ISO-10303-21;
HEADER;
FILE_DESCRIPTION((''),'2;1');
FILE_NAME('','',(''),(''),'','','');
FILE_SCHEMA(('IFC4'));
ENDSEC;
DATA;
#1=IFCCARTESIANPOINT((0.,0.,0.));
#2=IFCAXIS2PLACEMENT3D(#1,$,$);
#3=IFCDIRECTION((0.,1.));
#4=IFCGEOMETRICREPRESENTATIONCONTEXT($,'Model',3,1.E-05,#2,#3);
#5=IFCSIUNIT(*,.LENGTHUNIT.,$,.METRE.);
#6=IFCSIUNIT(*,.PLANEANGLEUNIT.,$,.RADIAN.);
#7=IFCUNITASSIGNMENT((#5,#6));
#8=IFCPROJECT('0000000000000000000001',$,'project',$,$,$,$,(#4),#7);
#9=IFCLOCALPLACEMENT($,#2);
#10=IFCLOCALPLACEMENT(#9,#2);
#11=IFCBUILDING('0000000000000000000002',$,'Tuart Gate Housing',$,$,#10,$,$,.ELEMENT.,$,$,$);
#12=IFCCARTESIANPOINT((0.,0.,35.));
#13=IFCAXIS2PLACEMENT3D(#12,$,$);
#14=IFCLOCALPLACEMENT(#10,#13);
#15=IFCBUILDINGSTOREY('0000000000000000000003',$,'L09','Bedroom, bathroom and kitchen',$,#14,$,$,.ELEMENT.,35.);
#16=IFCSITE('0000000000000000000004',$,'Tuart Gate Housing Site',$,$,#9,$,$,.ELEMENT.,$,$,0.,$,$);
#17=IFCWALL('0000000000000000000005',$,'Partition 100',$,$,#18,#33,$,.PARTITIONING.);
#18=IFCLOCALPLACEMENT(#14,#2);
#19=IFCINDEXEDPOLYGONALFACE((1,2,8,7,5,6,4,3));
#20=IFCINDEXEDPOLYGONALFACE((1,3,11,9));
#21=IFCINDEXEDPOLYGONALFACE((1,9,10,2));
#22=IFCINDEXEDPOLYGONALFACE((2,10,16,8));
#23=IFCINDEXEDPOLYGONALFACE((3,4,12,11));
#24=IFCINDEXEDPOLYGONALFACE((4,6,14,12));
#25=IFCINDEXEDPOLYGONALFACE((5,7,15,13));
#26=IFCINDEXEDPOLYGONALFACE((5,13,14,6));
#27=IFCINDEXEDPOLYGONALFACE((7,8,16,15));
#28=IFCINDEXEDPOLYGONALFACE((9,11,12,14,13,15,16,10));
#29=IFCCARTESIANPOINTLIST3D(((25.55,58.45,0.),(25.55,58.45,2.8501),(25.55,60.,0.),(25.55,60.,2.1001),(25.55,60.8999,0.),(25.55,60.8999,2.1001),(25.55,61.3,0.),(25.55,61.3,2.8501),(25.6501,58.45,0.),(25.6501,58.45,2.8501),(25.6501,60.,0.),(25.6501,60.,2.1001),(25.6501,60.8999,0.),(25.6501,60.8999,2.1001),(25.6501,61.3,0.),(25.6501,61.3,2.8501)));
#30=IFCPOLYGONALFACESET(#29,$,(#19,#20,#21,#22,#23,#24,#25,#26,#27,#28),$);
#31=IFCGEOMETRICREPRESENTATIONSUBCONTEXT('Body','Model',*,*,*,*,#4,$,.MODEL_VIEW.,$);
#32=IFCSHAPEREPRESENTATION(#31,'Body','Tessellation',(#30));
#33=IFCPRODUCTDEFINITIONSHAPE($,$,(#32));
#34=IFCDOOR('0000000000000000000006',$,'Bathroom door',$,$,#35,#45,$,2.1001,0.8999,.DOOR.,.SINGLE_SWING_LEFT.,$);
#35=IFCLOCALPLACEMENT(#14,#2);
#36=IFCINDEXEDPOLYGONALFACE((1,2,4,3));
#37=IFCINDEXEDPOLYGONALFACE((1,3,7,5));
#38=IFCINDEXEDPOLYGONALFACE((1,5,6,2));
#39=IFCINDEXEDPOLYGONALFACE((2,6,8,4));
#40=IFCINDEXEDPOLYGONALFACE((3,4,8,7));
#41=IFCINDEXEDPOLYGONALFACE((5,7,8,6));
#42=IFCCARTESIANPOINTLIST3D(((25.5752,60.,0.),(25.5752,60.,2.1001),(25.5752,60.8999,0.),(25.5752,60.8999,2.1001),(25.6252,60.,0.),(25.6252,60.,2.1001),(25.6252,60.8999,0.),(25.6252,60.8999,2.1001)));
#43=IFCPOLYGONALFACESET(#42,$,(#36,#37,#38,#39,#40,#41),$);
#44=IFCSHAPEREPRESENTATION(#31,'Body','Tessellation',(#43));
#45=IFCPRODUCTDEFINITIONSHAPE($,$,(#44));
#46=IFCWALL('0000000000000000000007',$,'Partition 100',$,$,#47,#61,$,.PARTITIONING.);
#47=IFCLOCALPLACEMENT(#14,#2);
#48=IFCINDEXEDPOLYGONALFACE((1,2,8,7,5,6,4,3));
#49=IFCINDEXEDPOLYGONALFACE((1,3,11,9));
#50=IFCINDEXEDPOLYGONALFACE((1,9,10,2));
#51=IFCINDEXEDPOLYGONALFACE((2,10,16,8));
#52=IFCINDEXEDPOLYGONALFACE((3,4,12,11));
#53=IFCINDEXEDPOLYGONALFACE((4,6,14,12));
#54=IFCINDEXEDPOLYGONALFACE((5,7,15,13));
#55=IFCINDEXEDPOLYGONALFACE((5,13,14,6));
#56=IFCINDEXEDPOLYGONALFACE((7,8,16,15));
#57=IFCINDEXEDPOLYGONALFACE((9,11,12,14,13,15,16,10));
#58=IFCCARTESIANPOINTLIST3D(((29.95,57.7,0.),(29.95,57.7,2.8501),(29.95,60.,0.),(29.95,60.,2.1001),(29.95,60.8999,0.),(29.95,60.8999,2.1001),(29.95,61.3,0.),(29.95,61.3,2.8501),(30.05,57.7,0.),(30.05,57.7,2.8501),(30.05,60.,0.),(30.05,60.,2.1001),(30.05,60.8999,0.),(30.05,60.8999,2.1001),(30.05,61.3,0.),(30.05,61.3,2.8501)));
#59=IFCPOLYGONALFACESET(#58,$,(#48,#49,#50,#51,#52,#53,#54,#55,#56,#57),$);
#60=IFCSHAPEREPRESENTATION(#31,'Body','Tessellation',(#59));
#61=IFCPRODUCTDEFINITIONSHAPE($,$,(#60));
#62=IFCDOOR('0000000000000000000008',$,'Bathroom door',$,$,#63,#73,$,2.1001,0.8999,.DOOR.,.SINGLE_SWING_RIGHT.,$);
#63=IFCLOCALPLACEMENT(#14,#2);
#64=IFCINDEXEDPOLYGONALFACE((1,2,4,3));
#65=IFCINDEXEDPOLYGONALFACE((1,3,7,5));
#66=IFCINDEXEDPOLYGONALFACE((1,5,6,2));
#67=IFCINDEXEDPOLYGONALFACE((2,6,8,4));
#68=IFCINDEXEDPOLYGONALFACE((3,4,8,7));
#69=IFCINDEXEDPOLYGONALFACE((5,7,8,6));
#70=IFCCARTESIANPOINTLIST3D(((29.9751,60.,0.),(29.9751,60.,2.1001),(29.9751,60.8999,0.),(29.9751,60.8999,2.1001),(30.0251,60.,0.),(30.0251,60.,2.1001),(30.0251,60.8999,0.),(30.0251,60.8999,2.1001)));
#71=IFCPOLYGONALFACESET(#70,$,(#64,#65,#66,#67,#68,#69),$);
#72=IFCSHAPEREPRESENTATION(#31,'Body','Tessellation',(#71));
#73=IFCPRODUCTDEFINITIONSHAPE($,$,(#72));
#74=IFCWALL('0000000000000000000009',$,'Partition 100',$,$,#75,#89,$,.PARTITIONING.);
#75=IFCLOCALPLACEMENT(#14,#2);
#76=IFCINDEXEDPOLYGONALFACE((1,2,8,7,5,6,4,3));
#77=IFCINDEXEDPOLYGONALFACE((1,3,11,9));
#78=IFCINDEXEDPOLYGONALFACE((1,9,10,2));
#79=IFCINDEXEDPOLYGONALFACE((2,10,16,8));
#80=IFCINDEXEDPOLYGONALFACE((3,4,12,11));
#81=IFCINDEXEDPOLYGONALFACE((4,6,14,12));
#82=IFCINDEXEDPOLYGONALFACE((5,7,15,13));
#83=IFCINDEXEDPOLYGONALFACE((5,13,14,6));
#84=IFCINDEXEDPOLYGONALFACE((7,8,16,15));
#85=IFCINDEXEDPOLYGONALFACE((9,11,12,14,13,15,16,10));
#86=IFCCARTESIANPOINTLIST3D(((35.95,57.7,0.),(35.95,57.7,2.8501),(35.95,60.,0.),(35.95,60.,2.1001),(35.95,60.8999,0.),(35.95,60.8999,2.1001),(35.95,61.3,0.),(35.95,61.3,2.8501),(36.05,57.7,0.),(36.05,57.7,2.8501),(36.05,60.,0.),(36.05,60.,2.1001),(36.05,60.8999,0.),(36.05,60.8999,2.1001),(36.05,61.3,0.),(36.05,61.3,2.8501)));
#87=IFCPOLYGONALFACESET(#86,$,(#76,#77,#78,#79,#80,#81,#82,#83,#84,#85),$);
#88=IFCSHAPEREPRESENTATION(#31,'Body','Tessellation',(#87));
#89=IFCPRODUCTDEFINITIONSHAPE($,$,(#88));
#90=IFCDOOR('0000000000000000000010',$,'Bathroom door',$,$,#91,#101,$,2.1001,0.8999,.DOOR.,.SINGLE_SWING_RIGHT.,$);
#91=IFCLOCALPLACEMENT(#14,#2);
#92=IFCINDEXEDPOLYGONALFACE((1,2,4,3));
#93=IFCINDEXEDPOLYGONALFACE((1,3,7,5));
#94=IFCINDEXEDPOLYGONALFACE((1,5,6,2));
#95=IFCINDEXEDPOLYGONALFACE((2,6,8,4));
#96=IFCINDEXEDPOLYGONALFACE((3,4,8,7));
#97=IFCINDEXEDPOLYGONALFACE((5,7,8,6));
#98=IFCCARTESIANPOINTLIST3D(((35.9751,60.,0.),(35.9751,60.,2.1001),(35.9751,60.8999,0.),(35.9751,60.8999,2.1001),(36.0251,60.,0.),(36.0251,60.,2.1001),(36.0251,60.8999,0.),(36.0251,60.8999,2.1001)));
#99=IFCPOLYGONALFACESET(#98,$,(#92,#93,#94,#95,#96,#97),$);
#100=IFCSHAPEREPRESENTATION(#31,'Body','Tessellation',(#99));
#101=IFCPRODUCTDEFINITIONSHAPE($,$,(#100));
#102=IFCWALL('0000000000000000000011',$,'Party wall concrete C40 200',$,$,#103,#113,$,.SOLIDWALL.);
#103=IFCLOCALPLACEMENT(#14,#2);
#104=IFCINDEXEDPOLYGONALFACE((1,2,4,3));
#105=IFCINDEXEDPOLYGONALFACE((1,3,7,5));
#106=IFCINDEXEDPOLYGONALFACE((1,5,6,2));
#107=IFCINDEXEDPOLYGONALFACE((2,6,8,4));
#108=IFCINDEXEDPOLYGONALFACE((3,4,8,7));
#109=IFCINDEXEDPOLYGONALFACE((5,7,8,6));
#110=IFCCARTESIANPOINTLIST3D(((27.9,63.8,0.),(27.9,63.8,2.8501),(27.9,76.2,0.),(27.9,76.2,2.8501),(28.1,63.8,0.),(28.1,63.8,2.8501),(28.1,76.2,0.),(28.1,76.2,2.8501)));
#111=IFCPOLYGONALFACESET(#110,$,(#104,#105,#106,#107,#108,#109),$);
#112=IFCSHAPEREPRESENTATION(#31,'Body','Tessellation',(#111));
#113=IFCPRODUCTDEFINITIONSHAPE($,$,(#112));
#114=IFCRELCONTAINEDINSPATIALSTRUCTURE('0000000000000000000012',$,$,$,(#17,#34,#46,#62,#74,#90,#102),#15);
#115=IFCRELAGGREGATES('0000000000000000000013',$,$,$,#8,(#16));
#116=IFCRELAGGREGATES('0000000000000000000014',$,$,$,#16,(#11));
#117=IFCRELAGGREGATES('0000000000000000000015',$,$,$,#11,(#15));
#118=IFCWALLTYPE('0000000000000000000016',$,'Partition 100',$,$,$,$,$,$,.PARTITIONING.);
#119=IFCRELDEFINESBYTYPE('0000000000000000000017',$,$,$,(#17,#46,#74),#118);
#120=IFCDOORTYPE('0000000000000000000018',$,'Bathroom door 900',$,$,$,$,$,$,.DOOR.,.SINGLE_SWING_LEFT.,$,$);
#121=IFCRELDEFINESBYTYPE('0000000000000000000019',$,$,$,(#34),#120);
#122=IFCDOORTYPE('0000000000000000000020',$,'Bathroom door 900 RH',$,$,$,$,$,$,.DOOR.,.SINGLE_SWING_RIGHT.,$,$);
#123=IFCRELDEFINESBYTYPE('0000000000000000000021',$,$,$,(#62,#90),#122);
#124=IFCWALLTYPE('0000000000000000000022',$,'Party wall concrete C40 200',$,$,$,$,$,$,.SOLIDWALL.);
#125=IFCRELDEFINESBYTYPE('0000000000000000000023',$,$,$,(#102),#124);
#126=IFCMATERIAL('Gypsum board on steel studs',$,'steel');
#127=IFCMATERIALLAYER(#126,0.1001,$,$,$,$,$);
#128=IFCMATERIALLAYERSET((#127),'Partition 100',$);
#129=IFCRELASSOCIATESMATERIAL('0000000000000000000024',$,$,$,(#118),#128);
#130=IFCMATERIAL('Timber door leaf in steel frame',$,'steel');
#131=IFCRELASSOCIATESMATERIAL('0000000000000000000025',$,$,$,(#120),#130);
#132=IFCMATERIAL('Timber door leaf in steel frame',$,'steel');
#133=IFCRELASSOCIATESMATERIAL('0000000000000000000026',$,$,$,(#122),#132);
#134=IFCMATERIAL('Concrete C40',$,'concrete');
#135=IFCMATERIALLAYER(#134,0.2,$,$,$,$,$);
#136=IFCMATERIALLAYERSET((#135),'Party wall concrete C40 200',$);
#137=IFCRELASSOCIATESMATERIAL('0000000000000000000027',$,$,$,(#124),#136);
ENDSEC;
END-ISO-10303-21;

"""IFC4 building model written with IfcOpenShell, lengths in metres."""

from ifc_helpers import new_model, si_unit, direction, frame, frame_2d, origin, place, context, subcontext, project, spatial, rectangle, extrude, material, layer, layer_set, type_object, element, fill, save


model = new_model("IFC4")

# Units and contexts
model_context = context("Model", 3, precision=1e-05, world=origin(), true_north=direction((0.0, 1.0)))
body_context = subcontext(model_context, "Body", "Model", "MODEL_VIEW")
ifc_project = project(units=[si_unit("LENGTHUNIT", "METRE"), si_unit("PLANEANGLEUNIT", "RADIAN")], contexts=[model_context])

# Site, building, storey
site_placement = place(None, origin())
site = spatial("IfcSite", under=ifc_project, at=site_placement, Name="Tuart Gate Housing Site", CompositionType="ELEMENT", RefElevation=0.0)
building_placement = place(site_placement, origin())
building = spatial("IfcBuilding", under=site, at=building_placement, Name="Tuart Gate Housing", CompositionType="ELEMENT")
storey_placement = place(building_placement, frame((0.0, 0.0, 35.0)))
storey = spatial("IfcBuildingStorey", under=building, at=storey_placement, Name="L09", Description="Bedroom, bathroom and kitchen", CompositionType="ELEMENT", Elevation=35.0)

# Shared definitions
ifc_material_1 = material(Name="Gypsum board on steel studs", Category="steel")
ifc_layer_1 = layer(ifc_material_1, 0.1001)
ifc_layer_set_1 = layer_set([ifc_layer_1], Name="Partition 100")
wall_type_1 = type_object("IfcWallType", Name="Partition 100", PredefinedType="PARTITIONING", material=ifc_layer_set_1)

# Walls, openings, doors
wall_1_placement = place(storey_placement, frame((25.6001, 58.45, 0.0), z_axis=(0.0, 0.0, 1.0), x_axis=(0.0, 1.0, 0.0)))
wall_1 = element("IfcWall", 1, at=wall_1_placement, inside=storey, type_object=wall_type_1, Name="Partition 100", PredefinedType="PARTITIONING", context=body_context, shape_type="SweptSolid", body=[
    extrude(rectangle(XDim=2.8501, YDim=0.1001, at=frame_2d((1.425, 0.0))), origin(), (0.0, 0.0, 1.0), 2.8501),
])
opening_1_placement = place(wall_1_placement, frame((1.55, 0.0, 0.0)))
opening_1 = element("IfcOpeningElement", 2, at=opening_1_placement, cuts=wall_1, PredefinedType="OPENING", context=body_context, shape_type="SweptSolid", body=[
    extrude(rectangle(XDim=0.8999, YDim=2.1001, at=frame_2d((0.45, 1.05))), frame((0.0, 0.0601, 0.0), z_axis=(0.0, -1.0, 0.0), x_axis=(1.0, 0.0, 0.0)), (0.0, 0.0, 1.0), 0.1201),
])
ifc_material_2 = material(Name="Timber door leaf in steel frame", Category="steel")
door_type_1 = type_object("IfcDoorType", Name="Bathroom door 900", OperationType="SINGLE_SWING_LEFT", PredefinedType="DOOR", material=ifc_material_2)
door_1_placement = place(opening_1_placement, frame((0.8999, 0.0, 0.0), z_axis=(0.0, 0.0, 1.0), x_axis=(-1.0, 0.0, 0.0)))
door_1 = element("IfcDoor", 3, at=door_1_placement, inside=storey, type_object=door_type_1, Name="Bathroom door", OperationType="SINGLE_SWING_LEFT", OverallHeight=2.1001, OverallWidth=0.8999, PredefinedType="DOOR", context=body_context, shape_type="SweptSolid", body=[
    extrude(rectangle(XDim=0.8999, YDim=2.1001, at=frame_2d((0.45, 1.05))), frame((0.0, 0.0251, 0.0), z_axis=(0.0, -1.0, 0.0), x_axis=(1.0, 0.0, 0.0)), (0.0, 0.0, 1.0), 0.05),
])
fill(opening_1, door_1)
wall_2_placement = place(storey_placement, frame((30.0, 57.7, 0.0), z_axis=(0.0, 0.0, 1.0), x_axis=(0.0, 1.0, 0.0)))
wall_2 = element("IfcWall", 4, at=wall_2_placement, inside=storey, type_object=wall_type_1, Name="Partition 100", PredefinedType="PARTITIONING", context=body_context, shape_type="SweptSolid", body=[
    extrude(rectangle(XDim=3.6001, YDim=0.1001, at=frame_2d((1.8, 0.0))), origin(), (0.0, 0.0, 1.0), 2.8501),
])
opening_2_placement = place(wall_2_placement, frame((2.3, 0.0, 0.0)))
opening_2 = element("IfcOpeningElement", 5, at=opening_2_placement, cuts=wall_2, PredefinedType="OPENING", context=body_context, shape_type="SweptSolid", body=[
    extrude(rectangle(XDim=0.8999, YDim=2.1001, at=frame_2d((0.45, 1.05))), frame((0.0, 0.0601, 0.0), z_axis=(0.0, -1.0, 0.0), x_axis=(1.0, 0.0, 0.0)), (0.0, 0.0, 1.0), 0.1201),
])
ifc_material_3 = material(Name="Timber door leaf in steel frame", Category="steel")
door_type_2 = type_object("IfcDoorType", Name="Bathroom door 900 RH", OperationType="SINGLE_SWING_RIGHT", PredefinedType="DOOR", material=ifc_material_3)
door_2_placement = place(opening_2_placement, origin())
door_2 = element("IfcDoor", 6, at=door_2_placement, inside=storey, type_object=door_type_2, Name="Bathroom door", OperationType="SINGLE_SWING_RIGHT", OverallHeight=2.1001, OverallWidth=0.8999, PredefinedType="DOOR", context=body_context, shape_type="SweptSolid", body=[
    extrude(rectangle(XDim=0.8999, YDim=2.1001, at=frame_2d((0.45, 1.05))), frame((0.0, 0.0249, 0.0), z_axis=(0.0, -1.0, 0.0), x_axis=(1.0, 0.0, 0.0)), (0.0, 0.0, 1.0), 0.05),
])
fill(opening_2, door_2)
wall_3_placement = place(storey_placement, frame((36.0, 57.7, 0.0), z_axis=(0.0, 0.0, 1.0), x_axis=(0.0, 1.0, 0.0)))
wall_3 = element("IfcWall", 7, at=wall_3_placement, inside=storey, type_object=wall_type_1, Name="Partition 100", PredefinedType="PARTITIONING", context=body_context, shape_type="SweptSolid", body=[
    extrude(rectangle(XDim=3.6001, YDim=0.1001, at=frame_2d((1.8, 0.0))), origin(), (0.0, 0.0, 1.0), 2.8501),
])
opening_3_placement = place(wall_3_placement, frame((2.3, 0.0, 0.0)))
opening_3 = element("IfcOpeningElement", 8, at=opening_3_placement, cuts=wall_3, PredefinedType="OPENING", context=body_context, shape_type="SweptSolid", body=[
    extrude(rectangle(XDim=0.8999, YDim=2.1001, at=frame_2d((0.45, 1.05))), frame((0.0, 0.0601, 0.0), z_axis=(0.0, -1.0, 0.0), x_axis=(1.0, 0.0, 0.0)), (0.0, 0.0, 1.0), 0.1201),
])
door_3_placement = place(opening_3_placement, origin())
door_3 = element("IfcDoor", 9, at=door_3_placement, inside=storey, type_object=door_type_2, Name="Bathroom door", OperationType="SINGLE_SWING_RIGHT", OverallHeight=2.1001, OverallWidth=0.8999, PredefinedType="DOOR", context=body_context, shape_type="SweptSolid", body=[
    extrude(rectangle(XDim=0.8999, YDim=2.1001, at=frame_2d((0.45, 1.05))), frame((0.0, 0.0249, 0.0), z_axis=(0.0, -1.0, 0.0), x_axis=(1.0, 0.0, 0.0)), (0.0, 0.0, 1.0), 0.05),
])
fill(opening_3, door_3)

# Wall
ifc_material_4 = material(Name="Concrete C40", Category="concrete")
ifc_layer_2 = layer(ifc_material_4, 0.2)
ifc_layer_set_2 = layer_set([ifc_layer_2], Name="Party wall concrete C40 200")
wall_type_2 = type_object("IfcWallType", Name="Party wall concrete C40 200", PredefinedType="SOLIDWALL", material=ifc_layer_set_2)
wall_4_placement = place(storey_placement, frame((28.0, 63.8, 0.0), z_axis=(0.0, 0.0, 1.0), x_axis=(0.0, 1.0, 0.0)))
element("IfcWall", 10, at=wall_4_placement, inside=storey, type_object=wall_type_2, Name="Party wall concrete C40 200", PredefinedType="SOLIDWALL", context=body_context, shape_type="SweptSolid", body=[
    extrude(rectangle(XDim=12.3999, YDim=0.2, at=frame_2d((6.2, 0.0))), origin(), (0.0, 0.0, 1.0), 2.8501),
])

save(model, "model.ifc")
